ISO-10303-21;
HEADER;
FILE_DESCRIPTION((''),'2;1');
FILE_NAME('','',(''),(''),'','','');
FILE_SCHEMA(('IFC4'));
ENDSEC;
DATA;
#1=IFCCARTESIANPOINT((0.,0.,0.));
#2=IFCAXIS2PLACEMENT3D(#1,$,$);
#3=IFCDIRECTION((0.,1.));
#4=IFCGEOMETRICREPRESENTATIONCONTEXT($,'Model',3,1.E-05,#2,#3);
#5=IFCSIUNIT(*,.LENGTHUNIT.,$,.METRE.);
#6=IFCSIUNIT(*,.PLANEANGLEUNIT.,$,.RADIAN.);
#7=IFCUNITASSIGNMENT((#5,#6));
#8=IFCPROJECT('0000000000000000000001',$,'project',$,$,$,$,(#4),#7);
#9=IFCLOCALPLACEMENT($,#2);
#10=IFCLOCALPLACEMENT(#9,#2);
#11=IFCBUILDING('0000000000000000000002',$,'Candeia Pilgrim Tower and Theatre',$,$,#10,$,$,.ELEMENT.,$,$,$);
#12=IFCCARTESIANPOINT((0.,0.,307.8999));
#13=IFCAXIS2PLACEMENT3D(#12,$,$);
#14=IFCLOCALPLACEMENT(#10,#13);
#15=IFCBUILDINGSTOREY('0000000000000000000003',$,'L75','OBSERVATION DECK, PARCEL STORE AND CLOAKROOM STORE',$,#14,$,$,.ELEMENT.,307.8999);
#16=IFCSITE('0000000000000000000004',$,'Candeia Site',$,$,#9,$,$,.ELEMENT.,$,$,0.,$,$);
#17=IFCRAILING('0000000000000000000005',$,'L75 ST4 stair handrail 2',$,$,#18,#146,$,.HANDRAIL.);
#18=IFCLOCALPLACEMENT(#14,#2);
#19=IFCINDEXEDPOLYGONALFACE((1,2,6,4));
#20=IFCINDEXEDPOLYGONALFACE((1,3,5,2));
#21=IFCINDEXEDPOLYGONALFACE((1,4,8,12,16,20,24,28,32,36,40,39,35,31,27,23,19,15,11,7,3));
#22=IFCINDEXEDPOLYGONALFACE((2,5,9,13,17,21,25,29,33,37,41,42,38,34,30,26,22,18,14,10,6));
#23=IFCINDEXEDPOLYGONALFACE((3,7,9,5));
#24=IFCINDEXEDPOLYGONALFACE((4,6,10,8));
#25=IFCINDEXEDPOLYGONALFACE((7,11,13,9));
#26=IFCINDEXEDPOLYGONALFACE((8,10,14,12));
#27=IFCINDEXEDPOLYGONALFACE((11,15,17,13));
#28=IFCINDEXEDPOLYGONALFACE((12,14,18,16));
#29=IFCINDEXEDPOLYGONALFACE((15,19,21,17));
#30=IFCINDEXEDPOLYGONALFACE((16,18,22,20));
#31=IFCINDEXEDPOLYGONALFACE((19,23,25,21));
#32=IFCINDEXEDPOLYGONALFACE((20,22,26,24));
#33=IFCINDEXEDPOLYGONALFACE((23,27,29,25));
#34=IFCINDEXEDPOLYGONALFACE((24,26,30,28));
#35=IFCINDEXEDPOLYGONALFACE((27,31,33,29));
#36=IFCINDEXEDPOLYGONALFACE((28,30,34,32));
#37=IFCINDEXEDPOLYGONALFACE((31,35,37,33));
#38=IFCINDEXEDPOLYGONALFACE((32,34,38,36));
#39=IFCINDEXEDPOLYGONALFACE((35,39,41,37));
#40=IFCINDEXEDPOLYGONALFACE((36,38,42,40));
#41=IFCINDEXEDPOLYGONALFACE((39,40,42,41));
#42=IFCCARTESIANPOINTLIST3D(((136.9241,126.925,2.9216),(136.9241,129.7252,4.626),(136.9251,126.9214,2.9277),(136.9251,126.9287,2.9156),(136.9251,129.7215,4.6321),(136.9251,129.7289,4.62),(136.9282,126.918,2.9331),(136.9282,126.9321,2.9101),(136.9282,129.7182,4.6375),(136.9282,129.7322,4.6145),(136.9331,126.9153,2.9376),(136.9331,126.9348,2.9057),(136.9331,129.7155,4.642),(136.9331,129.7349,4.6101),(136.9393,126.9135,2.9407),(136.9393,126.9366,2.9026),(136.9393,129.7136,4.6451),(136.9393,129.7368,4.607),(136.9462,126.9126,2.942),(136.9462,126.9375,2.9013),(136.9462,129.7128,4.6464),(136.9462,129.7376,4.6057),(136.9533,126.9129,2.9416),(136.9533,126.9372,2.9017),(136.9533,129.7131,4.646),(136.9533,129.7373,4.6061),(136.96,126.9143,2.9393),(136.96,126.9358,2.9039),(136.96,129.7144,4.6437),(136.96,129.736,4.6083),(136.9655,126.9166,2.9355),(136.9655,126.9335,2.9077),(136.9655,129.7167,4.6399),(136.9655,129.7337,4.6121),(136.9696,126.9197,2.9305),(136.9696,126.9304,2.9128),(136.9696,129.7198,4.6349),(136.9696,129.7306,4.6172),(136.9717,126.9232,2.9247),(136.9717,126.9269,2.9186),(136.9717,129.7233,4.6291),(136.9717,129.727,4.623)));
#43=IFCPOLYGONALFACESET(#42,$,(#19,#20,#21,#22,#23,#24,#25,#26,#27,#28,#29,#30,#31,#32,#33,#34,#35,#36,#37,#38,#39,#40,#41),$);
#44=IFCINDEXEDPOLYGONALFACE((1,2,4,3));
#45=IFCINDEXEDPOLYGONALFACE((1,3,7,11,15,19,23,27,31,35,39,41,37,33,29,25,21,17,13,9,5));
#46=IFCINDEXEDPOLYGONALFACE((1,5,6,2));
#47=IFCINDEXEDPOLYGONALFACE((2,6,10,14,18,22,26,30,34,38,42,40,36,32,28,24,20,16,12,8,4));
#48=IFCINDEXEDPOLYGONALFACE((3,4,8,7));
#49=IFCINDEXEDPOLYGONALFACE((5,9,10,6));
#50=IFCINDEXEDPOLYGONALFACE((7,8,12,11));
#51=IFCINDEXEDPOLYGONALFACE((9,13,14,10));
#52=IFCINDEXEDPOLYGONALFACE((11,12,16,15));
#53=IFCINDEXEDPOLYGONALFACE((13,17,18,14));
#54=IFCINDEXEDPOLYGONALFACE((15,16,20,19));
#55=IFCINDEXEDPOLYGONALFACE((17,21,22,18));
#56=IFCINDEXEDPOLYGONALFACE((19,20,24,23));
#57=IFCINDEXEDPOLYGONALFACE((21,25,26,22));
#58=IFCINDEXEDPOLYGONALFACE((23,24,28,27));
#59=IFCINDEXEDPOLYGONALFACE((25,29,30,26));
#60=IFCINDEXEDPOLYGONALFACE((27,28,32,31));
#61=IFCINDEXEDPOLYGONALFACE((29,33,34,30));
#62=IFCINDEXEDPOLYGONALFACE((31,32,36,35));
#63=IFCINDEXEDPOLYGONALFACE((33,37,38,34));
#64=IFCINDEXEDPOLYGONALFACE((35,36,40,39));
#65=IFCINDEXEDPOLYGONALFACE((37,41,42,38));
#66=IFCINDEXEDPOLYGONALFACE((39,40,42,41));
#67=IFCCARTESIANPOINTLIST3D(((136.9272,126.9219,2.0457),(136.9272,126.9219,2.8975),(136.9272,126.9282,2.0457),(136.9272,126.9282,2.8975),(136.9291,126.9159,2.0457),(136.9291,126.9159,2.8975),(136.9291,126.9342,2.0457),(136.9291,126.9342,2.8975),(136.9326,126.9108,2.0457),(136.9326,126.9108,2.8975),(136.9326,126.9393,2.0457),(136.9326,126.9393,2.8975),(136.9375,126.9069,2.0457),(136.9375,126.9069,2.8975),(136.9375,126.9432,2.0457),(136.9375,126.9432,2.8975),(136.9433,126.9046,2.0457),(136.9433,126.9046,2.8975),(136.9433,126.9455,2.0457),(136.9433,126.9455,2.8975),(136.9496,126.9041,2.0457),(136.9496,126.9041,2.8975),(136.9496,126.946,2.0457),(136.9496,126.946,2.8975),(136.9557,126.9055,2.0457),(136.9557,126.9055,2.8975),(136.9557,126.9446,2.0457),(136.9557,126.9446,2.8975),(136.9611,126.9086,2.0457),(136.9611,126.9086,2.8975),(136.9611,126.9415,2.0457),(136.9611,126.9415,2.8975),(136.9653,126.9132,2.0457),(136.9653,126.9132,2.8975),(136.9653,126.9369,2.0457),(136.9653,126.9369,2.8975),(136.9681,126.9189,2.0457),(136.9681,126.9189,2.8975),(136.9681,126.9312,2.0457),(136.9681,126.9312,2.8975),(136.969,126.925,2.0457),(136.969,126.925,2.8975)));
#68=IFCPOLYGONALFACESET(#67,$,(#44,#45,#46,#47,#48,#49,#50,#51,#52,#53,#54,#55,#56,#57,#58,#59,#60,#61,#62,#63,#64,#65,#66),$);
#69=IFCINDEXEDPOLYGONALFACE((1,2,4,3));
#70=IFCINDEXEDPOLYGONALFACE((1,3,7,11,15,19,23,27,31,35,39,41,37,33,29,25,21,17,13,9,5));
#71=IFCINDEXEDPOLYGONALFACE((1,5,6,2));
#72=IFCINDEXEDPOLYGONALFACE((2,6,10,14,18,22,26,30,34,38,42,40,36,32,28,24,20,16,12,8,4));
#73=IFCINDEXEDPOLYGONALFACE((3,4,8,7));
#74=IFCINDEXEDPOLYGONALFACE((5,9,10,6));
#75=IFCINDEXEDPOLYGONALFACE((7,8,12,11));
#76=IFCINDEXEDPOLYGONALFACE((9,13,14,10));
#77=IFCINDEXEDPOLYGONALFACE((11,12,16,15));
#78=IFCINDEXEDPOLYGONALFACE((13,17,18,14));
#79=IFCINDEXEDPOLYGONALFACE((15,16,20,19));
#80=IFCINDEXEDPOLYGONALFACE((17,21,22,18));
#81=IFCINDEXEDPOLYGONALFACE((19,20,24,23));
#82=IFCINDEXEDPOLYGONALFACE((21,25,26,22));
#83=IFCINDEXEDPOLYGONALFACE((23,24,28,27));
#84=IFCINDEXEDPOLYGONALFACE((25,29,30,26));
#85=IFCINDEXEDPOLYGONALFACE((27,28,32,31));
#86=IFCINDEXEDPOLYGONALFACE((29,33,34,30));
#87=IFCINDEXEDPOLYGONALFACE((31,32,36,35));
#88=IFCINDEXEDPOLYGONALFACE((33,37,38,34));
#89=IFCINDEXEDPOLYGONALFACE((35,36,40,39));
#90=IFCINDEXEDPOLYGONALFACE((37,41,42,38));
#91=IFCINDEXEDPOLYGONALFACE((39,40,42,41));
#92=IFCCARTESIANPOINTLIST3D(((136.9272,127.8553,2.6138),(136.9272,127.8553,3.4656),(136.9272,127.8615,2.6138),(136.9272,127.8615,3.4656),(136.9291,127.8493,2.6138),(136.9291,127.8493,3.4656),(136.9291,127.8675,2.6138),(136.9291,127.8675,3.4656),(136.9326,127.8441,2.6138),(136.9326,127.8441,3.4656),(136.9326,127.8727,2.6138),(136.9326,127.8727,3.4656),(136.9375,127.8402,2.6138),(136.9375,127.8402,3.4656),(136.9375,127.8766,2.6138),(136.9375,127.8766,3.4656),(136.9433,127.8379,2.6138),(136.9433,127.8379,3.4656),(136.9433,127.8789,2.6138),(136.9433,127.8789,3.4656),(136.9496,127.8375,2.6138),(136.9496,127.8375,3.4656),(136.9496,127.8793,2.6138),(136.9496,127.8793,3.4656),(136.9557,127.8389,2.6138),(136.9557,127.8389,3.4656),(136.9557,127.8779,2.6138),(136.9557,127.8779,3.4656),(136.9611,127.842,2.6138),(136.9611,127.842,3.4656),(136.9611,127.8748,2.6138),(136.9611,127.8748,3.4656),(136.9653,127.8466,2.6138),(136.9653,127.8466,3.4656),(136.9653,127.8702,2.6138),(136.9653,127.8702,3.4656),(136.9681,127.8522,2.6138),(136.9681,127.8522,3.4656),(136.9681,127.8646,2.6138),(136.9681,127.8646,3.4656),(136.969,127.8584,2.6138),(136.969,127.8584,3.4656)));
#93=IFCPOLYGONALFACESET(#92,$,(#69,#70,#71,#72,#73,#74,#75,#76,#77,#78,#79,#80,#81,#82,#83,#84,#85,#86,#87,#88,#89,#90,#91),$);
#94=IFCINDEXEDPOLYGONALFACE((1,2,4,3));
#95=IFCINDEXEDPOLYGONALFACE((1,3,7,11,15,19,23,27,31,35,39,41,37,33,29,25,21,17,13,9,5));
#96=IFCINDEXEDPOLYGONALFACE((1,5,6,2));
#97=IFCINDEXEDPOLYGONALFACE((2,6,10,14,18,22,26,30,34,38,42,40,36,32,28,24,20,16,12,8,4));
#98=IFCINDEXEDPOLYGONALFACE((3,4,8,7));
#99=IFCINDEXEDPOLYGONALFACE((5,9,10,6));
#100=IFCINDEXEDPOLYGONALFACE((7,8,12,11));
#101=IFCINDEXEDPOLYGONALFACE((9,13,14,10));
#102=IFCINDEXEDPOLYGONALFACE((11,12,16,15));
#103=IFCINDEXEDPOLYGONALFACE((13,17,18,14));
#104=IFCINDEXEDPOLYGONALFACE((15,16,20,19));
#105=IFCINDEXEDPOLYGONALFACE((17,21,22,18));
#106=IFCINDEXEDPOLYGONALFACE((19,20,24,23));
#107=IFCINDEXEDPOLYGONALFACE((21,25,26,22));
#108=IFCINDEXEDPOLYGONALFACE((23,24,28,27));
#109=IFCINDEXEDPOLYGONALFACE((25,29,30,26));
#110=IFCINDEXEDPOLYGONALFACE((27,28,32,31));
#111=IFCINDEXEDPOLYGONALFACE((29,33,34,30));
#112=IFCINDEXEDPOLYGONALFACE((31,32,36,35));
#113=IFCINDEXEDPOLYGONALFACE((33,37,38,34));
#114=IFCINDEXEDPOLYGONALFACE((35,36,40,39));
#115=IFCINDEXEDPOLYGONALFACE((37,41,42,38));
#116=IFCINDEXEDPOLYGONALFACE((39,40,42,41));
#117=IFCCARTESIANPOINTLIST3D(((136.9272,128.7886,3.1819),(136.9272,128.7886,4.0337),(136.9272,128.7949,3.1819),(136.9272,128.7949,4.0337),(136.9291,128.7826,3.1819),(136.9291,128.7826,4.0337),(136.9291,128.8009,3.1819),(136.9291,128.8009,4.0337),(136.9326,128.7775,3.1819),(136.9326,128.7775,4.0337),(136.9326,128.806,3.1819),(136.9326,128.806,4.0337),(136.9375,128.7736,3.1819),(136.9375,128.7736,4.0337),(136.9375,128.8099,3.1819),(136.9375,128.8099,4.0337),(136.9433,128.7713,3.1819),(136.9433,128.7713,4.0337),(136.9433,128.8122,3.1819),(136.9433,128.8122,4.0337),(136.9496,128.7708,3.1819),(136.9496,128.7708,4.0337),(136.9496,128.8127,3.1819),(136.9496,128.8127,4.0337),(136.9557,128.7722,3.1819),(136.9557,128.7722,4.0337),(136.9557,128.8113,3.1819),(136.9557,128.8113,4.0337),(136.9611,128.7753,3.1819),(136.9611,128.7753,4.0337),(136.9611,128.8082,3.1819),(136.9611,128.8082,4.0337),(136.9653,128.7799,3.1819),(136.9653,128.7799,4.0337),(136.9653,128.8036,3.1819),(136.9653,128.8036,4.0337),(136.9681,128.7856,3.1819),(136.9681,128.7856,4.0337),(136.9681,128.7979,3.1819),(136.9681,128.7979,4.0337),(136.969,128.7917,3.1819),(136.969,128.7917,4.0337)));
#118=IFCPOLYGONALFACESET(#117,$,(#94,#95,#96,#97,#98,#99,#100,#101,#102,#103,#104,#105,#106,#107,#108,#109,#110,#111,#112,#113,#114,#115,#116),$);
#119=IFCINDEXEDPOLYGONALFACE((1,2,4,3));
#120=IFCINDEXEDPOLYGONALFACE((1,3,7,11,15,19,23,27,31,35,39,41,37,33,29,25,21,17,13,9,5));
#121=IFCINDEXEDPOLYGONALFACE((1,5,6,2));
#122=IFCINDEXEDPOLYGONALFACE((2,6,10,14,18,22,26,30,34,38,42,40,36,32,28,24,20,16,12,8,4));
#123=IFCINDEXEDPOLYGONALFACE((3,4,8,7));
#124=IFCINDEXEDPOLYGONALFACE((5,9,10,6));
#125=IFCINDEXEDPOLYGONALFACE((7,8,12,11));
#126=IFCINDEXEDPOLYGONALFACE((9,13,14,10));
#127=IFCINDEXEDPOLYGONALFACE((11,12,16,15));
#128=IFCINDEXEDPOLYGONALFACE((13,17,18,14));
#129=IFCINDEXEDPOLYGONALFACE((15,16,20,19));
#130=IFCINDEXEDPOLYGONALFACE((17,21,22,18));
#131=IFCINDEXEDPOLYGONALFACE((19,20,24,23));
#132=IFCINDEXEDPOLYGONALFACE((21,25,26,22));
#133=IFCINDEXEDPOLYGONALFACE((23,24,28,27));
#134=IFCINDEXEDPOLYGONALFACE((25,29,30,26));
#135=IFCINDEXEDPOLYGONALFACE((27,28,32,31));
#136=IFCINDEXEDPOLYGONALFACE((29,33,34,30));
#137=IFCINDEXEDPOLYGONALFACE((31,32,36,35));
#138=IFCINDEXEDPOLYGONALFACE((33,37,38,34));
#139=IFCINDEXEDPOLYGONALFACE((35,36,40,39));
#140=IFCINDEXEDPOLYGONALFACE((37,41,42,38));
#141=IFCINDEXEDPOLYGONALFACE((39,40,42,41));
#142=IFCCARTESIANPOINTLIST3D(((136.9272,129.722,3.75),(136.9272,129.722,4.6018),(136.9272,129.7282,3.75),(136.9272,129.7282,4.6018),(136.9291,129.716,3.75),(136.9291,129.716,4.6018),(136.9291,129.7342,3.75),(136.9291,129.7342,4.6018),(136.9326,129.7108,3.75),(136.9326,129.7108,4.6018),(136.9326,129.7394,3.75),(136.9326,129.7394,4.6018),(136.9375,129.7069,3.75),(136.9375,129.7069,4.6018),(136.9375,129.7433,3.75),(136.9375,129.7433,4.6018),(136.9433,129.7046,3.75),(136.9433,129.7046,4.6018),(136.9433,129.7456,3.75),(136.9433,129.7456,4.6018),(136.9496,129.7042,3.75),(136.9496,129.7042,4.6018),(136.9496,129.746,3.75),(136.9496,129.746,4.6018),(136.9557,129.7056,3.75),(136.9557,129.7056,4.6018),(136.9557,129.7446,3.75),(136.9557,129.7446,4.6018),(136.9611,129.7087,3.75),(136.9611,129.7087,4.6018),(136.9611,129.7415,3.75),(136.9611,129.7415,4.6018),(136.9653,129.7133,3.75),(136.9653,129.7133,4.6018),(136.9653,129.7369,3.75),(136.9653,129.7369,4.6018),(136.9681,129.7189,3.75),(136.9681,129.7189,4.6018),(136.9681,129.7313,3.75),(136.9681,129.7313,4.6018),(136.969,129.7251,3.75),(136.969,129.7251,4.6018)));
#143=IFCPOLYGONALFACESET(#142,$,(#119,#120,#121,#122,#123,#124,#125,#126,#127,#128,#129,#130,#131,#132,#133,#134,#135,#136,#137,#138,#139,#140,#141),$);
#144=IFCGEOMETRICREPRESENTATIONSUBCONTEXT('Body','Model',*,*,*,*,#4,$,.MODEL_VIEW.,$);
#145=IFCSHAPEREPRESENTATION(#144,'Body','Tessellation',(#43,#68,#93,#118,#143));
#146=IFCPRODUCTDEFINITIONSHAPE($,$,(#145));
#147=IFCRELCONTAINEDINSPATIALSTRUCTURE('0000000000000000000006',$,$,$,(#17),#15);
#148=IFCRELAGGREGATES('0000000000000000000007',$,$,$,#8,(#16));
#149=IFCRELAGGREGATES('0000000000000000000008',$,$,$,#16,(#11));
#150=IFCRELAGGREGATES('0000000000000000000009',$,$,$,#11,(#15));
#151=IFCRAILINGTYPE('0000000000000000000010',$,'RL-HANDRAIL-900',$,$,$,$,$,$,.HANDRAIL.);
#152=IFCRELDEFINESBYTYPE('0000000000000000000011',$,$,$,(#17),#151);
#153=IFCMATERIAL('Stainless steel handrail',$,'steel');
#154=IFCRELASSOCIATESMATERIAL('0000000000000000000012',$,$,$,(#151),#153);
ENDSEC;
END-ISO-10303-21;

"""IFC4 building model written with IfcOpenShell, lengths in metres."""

from ifc_helpers import new_model, si_unit, direction, frame, origin, origin_2d, place, context, subcontext, project, spatial, circle, extrude, material, type_object, element, save


model = new_model("IFC4")

# Units and contexts
model_context = context("Model", 3, precision=1e-05, world=origin(), true_north=direction((0.0, 1.0)))
body_context = subcontext(model_context, "Body", "Model", "MODEL_VIEW")
ifc_project = project(units=[si_unit("LENGTHUNIT", "METRE"), si_unit("PLANEANGLEUNIT", "RADIAN")], contexts=[model_context])

# Site, building, storey
site_placement = place(None, origin())
site = spatial("IfcSite", under=ifc_project, at=site_placement, Name="Candeia Site", CompositionType="ELEMENT", RefElevation=0.0)
building_placement = place(site_placement, origin())
building = spatial("IfcBuilding", under=site, at=building_placement, Name="Candeia Pilgrim Tower and Theatre", CompositionType="ELEMENT")
storey_placement = place(building_placement, frame((0.0, 0.0, 307.8999)))
storey = spatial("IfcBuildingStorey", under=building, at=storey_placement, Name="L75", Description="OBSERVATION DECK, PARCEL STORE AND CLOAKROOM STORE", CompositionType="ELEMENT", Elevation=307.8999)

# Railing
ifc_material_1 = material(Name="Stainless steel handrail", Category="steel")
railing_type_1 = type_object("IfcRailingType", Name="RL-HANDRAIL-900", PredefinedType="HANDRAIL", material=ifc_material_1)
for number, where, name in (
    (1, (136.948, 126.925, 2.0457), "L75 ST4 stair handrail 2"),
):
    element("IfcRailing", number, at=place(storey_placement, frame(where)), inside=storey, type_object=railing_type_1, Name=name, PredefinedType="HANDRAIL", context=body_context, shape_type="SweptSolid", body=[
        extrude(circle(Radius=0.0239, at=origin_2d()), frame((0.0, 0.0, 0.876), z_axis=(0.0, 0.854203, 0.51994), x_axis=(-1.0, 0.0, 0.0)), (0.0, 0.0, 1.0), 3.2781),
        extrude(circle(Radius=0.021, at=origin_2d()), origin(), (0.0, 0.0, 1.0), 0.8518),
        extrude(circle(Radius=0.021, at=origin_2d()), frame((0.0, 0.9333, 0.5681)), (0.0, 0.0, 1.0), 0.8518),
        extrude(circle(Radius=0.021, at=origin_2d()), frame((0.0, 1.8667, 1.1362)), (0.0, 0.0, 1.0), 0.8518),
        extrude(circle(Radius=0.021, at=origin_2d()), frame((0.0, 2.8, 1.7043)), (0.0, 0.0, 1.0), 0.8518),
    ])

save(model, "model.ifc")
